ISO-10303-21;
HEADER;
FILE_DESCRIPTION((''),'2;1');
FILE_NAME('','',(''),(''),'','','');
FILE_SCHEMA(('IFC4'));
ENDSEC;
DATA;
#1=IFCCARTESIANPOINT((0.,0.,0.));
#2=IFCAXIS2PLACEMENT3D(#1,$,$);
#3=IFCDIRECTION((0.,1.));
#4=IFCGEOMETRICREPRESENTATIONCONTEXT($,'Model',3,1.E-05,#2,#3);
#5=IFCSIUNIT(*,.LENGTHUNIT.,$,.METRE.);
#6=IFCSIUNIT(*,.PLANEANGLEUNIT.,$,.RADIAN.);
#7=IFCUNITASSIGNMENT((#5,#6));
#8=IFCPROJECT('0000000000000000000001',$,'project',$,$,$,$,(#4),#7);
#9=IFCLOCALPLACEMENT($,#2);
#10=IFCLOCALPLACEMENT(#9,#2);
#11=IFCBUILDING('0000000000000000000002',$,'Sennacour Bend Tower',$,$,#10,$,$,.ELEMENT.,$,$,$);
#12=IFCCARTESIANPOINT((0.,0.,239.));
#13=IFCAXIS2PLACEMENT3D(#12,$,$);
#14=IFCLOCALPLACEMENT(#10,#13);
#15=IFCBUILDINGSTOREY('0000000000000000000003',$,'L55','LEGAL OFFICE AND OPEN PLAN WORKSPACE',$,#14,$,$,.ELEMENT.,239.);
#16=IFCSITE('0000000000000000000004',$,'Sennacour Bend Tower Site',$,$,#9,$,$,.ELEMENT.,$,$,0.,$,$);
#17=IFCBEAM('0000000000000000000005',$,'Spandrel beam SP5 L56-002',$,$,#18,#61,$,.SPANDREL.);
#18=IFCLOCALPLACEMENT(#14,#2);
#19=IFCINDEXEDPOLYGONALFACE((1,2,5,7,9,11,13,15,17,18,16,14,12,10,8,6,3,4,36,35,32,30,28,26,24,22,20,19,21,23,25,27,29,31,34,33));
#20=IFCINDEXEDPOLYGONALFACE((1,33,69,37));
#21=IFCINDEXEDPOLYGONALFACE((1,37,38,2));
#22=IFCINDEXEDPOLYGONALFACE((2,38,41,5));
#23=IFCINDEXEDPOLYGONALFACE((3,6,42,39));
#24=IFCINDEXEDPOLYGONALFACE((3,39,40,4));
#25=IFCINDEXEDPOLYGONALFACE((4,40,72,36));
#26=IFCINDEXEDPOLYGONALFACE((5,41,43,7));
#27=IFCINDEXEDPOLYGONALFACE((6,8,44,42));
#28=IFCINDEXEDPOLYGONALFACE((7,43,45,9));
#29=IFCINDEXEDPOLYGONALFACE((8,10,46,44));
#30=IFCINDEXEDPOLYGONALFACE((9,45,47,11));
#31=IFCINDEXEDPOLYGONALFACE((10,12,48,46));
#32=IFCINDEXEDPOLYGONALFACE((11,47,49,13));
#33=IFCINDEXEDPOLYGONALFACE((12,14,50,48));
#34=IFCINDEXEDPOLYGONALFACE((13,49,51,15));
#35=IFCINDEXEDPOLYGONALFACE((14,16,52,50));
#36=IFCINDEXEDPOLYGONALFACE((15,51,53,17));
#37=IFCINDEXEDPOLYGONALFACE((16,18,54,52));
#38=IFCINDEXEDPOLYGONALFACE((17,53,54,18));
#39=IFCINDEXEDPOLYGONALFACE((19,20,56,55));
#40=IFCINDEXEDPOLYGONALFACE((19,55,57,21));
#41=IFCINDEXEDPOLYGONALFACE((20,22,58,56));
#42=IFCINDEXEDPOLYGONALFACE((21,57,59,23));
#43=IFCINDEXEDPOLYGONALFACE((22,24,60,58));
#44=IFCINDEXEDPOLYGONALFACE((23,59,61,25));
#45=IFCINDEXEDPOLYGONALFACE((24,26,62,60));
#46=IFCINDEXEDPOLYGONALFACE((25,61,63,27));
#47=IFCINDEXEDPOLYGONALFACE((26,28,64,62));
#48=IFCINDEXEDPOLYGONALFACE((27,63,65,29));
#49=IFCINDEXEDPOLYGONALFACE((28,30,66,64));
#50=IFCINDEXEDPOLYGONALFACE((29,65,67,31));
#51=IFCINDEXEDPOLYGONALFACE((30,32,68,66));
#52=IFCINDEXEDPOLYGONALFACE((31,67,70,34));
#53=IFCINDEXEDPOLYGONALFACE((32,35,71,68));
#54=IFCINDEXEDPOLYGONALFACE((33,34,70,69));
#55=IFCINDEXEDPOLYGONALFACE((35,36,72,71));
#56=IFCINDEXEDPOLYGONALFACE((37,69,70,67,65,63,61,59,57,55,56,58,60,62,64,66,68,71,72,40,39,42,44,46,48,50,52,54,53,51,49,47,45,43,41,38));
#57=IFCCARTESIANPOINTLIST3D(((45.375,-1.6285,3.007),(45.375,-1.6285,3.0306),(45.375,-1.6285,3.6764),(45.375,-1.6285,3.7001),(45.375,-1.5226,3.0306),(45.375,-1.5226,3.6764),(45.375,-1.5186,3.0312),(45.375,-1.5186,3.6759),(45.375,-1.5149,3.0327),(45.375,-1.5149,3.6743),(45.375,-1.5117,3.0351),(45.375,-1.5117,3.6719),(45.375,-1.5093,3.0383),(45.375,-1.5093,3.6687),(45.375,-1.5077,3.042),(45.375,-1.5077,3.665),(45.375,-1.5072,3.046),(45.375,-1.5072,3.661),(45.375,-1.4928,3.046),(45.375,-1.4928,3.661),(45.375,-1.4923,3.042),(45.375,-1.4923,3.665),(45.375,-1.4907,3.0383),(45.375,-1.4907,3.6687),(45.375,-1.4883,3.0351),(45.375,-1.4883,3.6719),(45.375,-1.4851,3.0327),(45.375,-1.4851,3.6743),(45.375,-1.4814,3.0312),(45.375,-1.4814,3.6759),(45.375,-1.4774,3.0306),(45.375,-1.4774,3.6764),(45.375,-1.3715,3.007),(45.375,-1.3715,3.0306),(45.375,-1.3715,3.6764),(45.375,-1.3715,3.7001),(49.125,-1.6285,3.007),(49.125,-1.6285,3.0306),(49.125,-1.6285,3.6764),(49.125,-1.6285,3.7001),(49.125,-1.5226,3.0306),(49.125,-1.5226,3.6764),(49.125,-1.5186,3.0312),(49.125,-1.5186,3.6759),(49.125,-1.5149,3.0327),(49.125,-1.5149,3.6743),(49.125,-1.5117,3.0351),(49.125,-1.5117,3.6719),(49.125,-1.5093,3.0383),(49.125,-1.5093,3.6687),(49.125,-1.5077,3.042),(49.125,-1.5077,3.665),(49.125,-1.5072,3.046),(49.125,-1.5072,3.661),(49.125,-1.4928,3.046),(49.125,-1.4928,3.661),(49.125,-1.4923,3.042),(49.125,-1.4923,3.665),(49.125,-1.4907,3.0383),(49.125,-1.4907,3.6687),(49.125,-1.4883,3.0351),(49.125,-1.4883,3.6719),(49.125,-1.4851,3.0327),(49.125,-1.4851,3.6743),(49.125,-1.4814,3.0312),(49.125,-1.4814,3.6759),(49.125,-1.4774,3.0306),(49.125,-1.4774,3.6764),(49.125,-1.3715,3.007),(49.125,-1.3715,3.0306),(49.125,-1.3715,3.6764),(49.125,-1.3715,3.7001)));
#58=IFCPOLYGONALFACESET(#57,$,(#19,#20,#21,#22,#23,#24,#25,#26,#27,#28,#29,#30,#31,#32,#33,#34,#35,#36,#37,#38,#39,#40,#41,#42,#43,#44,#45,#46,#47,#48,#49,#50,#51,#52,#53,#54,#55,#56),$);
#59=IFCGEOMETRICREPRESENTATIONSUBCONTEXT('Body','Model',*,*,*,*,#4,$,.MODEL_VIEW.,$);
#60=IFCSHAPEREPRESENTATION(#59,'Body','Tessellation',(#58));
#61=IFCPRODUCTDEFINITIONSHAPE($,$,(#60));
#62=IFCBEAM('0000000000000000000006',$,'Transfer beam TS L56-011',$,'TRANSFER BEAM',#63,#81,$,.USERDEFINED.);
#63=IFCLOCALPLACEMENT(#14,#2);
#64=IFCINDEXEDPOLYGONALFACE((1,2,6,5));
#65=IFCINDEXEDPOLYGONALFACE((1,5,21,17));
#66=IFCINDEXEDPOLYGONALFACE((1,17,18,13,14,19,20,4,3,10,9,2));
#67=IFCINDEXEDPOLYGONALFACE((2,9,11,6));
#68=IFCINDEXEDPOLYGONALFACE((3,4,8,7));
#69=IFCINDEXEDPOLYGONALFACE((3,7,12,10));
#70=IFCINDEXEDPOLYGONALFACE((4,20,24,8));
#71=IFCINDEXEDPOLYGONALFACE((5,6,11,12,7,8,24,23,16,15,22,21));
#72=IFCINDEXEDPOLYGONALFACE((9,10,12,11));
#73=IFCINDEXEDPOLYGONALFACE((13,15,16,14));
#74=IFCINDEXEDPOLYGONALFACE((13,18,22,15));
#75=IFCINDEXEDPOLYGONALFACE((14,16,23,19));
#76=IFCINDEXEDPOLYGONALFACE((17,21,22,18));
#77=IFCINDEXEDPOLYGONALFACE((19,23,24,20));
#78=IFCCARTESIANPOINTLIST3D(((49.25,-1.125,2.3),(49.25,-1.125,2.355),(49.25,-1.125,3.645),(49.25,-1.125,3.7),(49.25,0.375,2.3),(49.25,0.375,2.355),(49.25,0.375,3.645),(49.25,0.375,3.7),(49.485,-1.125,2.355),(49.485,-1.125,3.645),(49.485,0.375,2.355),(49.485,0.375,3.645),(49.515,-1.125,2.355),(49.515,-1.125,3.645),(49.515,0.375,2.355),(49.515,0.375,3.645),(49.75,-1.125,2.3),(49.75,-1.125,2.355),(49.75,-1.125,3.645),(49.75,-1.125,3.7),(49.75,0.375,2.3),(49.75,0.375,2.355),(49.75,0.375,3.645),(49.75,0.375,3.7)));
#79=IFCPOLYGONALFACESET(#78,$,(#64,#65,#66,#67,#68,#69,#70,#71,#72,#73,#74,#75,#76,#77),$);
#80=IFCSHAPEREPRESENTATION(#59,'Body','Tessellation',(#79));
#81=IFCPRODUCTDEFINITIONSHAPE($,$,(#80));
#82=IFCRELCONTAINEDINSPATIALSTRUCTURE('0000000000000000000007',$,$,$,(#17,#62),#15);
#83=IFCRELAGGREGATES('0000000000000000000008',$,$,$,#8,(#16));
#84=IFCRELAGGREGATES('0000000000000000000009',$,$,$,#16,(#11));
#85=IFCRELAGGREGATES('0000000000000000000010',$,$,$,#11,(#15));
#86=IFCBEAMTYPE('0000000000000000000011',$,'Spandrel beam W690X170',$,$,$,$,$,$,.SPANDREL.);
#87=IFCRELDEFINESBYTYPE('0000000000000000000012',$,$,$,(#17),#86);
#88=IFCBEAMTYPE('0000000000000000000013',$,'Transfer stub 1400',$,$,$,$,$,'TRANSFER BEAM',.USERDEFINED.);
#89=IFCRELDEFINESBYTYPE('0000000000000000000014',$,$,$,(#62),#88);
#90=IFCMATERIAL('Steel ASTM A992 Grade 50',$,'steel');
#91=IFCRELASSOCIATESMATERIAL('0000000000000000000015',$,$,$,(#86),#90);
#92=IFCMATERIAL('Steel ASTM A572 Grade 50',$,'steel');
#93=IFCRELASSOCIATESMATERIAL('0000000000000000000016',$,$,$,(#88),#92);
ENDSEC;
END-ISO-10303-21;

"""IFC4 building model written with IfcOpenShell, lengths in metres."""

from ifc_helpers import new_model, si_unit, direction, frame, origin, origin_2d, place, context, subcontext, project, spatial, i_section, extrude, material, material_profile, profile_set, type_object, element, save


model = new_model("IFC4")

# Units and contexts
model_context = context("Model", 3, precision=1e-05, world=origin(), true_north=direction((0.0, 1.0)))
body_context = subcontext(model_context, "Body", "Model", "MODEL_VIEW")
ifc_project = project(units=[si_unit("LENGTHUNIT", "METRE"), si_unit("PLANEANGLEUNIT", "RADIAN")], contexts=[model_context])

# Site, building, storey
site_placement = place(None, origin())
site = spatial("IfcSite", under=ifc_project, at=site_placement, Name="Sennacour Bend Tower Site", CompositionType="ELEMENT", RefElevation=0.0)
building_placement = place(site_placement, origin())
building = spatial("IfcBuilding", under=site, at=building_placement, Name="Sennacour Bend Tower", CompositionType="ELEMENT")
storey_placement = place(building_placement, frame((0.0, 0.0, 239.0)))
storey = spatial("IfcBuildingStorey", under=building, at=storey_placement, Name="L55", Description="LEGAL OFFICE AND OPEN PLAN WORKSPACE", CompositionType="ELEMENT", Elevation=239.0)

# Shared definitions
ifc_material_1 = material(Name="Steel ASTM A572 Grade 50", Category="steel")

# Beams
ifc_material_2 = material(Name="Steel ASTM A992 Grade 50", Category="steel")
ifc_material_profile_1 = material_profile(ifc_material_2, i_section(OverallWidth=0.2571, OverallDepth=0.6931, WebThickness=0.0144, FlangeThickness=0.0237, FilletRadius=0.0154, at=origin_2d()), Name="Steel ASTM A992 Grade 50", Category="steel")
ifc_profile_set_1 = profile_set([ifc_material_profile_1], Name="Steel ASTM A992 Grade 50")
beam_type_1 = type_object("IfcBeamType", Name="Spandrel beam W690X170", PredefinedType="SPANDREL", material=ifc_profile_set_1)
for number, where, z_axis, x_axis, name in (
    (1, (49.125, -1.5, 3.3535), (-1.0, 0.0, 0.0), (0.0, -1.0, 0.0), "Spandrel beam SP5 L56-002"),
):
    element("IfcBeam", number, at=place(storey_placement, frame(where, z_axis=z_axis, x_axis=x_axis)), inside=storey, type_object=beam_type_1, Name=name, PredefinedType="SPANDREL", context=body_context, shape_type="SweptSolid", body=[
        extrude(i_section(OverallWidth=0.2571, OverallDepth=0.6931, WebThickness=0.0144, FlangeThickness=0.0237, FilletRadius=0.0154, at=origin_2d()), origin(), (0.0, 0.0, 1.0), 3.75),
    ])
ifc_material_profile_2 = material_profile(ifc_material_1, i_section(OverallWidth=0.5, OverallDepth=1.3999, WebThickness=0.03, FlangeThickness=0.0549, at=origin_2d()), Name="Steel ASTM A572 Grade 50", Category="steel")
ifc_profile_set_2 = profile_set([ifc_material_profile_2], Name="Steel ASTM A572 Grade 50")
beam_type_2 = type_object("IfcBeamType", Name="Transfer stub 1400", ElementType="TRANSFER BEAM", PredefinedType="USERDEFINED", material=ifc_profile_set_2)
beam_placement = place(storey_placement, frame((49.5, -1.125, 3.0), z_axis=(0.0, 1.0, 0.0), x_axis=(-1.0, 0.0, 0.0)))
element("IfcBeam", 2, at=beam_placement, inside=storey, type_object=beam_type_2, Name="Transfer beam TS L56-011", ObjectType="TRANSFER BEAM", PredefinedType="USERDEFINED", context=body_context, shape_type="SweptSolid", body=[
    extrude(i_section(OverallWidth=0.5, OverallDepth=1.3999, WebThickness=0.03, FlangeThickness=0.0549, at=origin_2d()), origin(), (0.0, 0.0, 1.0), 1.5),
])

save(model, "model.ifc")
